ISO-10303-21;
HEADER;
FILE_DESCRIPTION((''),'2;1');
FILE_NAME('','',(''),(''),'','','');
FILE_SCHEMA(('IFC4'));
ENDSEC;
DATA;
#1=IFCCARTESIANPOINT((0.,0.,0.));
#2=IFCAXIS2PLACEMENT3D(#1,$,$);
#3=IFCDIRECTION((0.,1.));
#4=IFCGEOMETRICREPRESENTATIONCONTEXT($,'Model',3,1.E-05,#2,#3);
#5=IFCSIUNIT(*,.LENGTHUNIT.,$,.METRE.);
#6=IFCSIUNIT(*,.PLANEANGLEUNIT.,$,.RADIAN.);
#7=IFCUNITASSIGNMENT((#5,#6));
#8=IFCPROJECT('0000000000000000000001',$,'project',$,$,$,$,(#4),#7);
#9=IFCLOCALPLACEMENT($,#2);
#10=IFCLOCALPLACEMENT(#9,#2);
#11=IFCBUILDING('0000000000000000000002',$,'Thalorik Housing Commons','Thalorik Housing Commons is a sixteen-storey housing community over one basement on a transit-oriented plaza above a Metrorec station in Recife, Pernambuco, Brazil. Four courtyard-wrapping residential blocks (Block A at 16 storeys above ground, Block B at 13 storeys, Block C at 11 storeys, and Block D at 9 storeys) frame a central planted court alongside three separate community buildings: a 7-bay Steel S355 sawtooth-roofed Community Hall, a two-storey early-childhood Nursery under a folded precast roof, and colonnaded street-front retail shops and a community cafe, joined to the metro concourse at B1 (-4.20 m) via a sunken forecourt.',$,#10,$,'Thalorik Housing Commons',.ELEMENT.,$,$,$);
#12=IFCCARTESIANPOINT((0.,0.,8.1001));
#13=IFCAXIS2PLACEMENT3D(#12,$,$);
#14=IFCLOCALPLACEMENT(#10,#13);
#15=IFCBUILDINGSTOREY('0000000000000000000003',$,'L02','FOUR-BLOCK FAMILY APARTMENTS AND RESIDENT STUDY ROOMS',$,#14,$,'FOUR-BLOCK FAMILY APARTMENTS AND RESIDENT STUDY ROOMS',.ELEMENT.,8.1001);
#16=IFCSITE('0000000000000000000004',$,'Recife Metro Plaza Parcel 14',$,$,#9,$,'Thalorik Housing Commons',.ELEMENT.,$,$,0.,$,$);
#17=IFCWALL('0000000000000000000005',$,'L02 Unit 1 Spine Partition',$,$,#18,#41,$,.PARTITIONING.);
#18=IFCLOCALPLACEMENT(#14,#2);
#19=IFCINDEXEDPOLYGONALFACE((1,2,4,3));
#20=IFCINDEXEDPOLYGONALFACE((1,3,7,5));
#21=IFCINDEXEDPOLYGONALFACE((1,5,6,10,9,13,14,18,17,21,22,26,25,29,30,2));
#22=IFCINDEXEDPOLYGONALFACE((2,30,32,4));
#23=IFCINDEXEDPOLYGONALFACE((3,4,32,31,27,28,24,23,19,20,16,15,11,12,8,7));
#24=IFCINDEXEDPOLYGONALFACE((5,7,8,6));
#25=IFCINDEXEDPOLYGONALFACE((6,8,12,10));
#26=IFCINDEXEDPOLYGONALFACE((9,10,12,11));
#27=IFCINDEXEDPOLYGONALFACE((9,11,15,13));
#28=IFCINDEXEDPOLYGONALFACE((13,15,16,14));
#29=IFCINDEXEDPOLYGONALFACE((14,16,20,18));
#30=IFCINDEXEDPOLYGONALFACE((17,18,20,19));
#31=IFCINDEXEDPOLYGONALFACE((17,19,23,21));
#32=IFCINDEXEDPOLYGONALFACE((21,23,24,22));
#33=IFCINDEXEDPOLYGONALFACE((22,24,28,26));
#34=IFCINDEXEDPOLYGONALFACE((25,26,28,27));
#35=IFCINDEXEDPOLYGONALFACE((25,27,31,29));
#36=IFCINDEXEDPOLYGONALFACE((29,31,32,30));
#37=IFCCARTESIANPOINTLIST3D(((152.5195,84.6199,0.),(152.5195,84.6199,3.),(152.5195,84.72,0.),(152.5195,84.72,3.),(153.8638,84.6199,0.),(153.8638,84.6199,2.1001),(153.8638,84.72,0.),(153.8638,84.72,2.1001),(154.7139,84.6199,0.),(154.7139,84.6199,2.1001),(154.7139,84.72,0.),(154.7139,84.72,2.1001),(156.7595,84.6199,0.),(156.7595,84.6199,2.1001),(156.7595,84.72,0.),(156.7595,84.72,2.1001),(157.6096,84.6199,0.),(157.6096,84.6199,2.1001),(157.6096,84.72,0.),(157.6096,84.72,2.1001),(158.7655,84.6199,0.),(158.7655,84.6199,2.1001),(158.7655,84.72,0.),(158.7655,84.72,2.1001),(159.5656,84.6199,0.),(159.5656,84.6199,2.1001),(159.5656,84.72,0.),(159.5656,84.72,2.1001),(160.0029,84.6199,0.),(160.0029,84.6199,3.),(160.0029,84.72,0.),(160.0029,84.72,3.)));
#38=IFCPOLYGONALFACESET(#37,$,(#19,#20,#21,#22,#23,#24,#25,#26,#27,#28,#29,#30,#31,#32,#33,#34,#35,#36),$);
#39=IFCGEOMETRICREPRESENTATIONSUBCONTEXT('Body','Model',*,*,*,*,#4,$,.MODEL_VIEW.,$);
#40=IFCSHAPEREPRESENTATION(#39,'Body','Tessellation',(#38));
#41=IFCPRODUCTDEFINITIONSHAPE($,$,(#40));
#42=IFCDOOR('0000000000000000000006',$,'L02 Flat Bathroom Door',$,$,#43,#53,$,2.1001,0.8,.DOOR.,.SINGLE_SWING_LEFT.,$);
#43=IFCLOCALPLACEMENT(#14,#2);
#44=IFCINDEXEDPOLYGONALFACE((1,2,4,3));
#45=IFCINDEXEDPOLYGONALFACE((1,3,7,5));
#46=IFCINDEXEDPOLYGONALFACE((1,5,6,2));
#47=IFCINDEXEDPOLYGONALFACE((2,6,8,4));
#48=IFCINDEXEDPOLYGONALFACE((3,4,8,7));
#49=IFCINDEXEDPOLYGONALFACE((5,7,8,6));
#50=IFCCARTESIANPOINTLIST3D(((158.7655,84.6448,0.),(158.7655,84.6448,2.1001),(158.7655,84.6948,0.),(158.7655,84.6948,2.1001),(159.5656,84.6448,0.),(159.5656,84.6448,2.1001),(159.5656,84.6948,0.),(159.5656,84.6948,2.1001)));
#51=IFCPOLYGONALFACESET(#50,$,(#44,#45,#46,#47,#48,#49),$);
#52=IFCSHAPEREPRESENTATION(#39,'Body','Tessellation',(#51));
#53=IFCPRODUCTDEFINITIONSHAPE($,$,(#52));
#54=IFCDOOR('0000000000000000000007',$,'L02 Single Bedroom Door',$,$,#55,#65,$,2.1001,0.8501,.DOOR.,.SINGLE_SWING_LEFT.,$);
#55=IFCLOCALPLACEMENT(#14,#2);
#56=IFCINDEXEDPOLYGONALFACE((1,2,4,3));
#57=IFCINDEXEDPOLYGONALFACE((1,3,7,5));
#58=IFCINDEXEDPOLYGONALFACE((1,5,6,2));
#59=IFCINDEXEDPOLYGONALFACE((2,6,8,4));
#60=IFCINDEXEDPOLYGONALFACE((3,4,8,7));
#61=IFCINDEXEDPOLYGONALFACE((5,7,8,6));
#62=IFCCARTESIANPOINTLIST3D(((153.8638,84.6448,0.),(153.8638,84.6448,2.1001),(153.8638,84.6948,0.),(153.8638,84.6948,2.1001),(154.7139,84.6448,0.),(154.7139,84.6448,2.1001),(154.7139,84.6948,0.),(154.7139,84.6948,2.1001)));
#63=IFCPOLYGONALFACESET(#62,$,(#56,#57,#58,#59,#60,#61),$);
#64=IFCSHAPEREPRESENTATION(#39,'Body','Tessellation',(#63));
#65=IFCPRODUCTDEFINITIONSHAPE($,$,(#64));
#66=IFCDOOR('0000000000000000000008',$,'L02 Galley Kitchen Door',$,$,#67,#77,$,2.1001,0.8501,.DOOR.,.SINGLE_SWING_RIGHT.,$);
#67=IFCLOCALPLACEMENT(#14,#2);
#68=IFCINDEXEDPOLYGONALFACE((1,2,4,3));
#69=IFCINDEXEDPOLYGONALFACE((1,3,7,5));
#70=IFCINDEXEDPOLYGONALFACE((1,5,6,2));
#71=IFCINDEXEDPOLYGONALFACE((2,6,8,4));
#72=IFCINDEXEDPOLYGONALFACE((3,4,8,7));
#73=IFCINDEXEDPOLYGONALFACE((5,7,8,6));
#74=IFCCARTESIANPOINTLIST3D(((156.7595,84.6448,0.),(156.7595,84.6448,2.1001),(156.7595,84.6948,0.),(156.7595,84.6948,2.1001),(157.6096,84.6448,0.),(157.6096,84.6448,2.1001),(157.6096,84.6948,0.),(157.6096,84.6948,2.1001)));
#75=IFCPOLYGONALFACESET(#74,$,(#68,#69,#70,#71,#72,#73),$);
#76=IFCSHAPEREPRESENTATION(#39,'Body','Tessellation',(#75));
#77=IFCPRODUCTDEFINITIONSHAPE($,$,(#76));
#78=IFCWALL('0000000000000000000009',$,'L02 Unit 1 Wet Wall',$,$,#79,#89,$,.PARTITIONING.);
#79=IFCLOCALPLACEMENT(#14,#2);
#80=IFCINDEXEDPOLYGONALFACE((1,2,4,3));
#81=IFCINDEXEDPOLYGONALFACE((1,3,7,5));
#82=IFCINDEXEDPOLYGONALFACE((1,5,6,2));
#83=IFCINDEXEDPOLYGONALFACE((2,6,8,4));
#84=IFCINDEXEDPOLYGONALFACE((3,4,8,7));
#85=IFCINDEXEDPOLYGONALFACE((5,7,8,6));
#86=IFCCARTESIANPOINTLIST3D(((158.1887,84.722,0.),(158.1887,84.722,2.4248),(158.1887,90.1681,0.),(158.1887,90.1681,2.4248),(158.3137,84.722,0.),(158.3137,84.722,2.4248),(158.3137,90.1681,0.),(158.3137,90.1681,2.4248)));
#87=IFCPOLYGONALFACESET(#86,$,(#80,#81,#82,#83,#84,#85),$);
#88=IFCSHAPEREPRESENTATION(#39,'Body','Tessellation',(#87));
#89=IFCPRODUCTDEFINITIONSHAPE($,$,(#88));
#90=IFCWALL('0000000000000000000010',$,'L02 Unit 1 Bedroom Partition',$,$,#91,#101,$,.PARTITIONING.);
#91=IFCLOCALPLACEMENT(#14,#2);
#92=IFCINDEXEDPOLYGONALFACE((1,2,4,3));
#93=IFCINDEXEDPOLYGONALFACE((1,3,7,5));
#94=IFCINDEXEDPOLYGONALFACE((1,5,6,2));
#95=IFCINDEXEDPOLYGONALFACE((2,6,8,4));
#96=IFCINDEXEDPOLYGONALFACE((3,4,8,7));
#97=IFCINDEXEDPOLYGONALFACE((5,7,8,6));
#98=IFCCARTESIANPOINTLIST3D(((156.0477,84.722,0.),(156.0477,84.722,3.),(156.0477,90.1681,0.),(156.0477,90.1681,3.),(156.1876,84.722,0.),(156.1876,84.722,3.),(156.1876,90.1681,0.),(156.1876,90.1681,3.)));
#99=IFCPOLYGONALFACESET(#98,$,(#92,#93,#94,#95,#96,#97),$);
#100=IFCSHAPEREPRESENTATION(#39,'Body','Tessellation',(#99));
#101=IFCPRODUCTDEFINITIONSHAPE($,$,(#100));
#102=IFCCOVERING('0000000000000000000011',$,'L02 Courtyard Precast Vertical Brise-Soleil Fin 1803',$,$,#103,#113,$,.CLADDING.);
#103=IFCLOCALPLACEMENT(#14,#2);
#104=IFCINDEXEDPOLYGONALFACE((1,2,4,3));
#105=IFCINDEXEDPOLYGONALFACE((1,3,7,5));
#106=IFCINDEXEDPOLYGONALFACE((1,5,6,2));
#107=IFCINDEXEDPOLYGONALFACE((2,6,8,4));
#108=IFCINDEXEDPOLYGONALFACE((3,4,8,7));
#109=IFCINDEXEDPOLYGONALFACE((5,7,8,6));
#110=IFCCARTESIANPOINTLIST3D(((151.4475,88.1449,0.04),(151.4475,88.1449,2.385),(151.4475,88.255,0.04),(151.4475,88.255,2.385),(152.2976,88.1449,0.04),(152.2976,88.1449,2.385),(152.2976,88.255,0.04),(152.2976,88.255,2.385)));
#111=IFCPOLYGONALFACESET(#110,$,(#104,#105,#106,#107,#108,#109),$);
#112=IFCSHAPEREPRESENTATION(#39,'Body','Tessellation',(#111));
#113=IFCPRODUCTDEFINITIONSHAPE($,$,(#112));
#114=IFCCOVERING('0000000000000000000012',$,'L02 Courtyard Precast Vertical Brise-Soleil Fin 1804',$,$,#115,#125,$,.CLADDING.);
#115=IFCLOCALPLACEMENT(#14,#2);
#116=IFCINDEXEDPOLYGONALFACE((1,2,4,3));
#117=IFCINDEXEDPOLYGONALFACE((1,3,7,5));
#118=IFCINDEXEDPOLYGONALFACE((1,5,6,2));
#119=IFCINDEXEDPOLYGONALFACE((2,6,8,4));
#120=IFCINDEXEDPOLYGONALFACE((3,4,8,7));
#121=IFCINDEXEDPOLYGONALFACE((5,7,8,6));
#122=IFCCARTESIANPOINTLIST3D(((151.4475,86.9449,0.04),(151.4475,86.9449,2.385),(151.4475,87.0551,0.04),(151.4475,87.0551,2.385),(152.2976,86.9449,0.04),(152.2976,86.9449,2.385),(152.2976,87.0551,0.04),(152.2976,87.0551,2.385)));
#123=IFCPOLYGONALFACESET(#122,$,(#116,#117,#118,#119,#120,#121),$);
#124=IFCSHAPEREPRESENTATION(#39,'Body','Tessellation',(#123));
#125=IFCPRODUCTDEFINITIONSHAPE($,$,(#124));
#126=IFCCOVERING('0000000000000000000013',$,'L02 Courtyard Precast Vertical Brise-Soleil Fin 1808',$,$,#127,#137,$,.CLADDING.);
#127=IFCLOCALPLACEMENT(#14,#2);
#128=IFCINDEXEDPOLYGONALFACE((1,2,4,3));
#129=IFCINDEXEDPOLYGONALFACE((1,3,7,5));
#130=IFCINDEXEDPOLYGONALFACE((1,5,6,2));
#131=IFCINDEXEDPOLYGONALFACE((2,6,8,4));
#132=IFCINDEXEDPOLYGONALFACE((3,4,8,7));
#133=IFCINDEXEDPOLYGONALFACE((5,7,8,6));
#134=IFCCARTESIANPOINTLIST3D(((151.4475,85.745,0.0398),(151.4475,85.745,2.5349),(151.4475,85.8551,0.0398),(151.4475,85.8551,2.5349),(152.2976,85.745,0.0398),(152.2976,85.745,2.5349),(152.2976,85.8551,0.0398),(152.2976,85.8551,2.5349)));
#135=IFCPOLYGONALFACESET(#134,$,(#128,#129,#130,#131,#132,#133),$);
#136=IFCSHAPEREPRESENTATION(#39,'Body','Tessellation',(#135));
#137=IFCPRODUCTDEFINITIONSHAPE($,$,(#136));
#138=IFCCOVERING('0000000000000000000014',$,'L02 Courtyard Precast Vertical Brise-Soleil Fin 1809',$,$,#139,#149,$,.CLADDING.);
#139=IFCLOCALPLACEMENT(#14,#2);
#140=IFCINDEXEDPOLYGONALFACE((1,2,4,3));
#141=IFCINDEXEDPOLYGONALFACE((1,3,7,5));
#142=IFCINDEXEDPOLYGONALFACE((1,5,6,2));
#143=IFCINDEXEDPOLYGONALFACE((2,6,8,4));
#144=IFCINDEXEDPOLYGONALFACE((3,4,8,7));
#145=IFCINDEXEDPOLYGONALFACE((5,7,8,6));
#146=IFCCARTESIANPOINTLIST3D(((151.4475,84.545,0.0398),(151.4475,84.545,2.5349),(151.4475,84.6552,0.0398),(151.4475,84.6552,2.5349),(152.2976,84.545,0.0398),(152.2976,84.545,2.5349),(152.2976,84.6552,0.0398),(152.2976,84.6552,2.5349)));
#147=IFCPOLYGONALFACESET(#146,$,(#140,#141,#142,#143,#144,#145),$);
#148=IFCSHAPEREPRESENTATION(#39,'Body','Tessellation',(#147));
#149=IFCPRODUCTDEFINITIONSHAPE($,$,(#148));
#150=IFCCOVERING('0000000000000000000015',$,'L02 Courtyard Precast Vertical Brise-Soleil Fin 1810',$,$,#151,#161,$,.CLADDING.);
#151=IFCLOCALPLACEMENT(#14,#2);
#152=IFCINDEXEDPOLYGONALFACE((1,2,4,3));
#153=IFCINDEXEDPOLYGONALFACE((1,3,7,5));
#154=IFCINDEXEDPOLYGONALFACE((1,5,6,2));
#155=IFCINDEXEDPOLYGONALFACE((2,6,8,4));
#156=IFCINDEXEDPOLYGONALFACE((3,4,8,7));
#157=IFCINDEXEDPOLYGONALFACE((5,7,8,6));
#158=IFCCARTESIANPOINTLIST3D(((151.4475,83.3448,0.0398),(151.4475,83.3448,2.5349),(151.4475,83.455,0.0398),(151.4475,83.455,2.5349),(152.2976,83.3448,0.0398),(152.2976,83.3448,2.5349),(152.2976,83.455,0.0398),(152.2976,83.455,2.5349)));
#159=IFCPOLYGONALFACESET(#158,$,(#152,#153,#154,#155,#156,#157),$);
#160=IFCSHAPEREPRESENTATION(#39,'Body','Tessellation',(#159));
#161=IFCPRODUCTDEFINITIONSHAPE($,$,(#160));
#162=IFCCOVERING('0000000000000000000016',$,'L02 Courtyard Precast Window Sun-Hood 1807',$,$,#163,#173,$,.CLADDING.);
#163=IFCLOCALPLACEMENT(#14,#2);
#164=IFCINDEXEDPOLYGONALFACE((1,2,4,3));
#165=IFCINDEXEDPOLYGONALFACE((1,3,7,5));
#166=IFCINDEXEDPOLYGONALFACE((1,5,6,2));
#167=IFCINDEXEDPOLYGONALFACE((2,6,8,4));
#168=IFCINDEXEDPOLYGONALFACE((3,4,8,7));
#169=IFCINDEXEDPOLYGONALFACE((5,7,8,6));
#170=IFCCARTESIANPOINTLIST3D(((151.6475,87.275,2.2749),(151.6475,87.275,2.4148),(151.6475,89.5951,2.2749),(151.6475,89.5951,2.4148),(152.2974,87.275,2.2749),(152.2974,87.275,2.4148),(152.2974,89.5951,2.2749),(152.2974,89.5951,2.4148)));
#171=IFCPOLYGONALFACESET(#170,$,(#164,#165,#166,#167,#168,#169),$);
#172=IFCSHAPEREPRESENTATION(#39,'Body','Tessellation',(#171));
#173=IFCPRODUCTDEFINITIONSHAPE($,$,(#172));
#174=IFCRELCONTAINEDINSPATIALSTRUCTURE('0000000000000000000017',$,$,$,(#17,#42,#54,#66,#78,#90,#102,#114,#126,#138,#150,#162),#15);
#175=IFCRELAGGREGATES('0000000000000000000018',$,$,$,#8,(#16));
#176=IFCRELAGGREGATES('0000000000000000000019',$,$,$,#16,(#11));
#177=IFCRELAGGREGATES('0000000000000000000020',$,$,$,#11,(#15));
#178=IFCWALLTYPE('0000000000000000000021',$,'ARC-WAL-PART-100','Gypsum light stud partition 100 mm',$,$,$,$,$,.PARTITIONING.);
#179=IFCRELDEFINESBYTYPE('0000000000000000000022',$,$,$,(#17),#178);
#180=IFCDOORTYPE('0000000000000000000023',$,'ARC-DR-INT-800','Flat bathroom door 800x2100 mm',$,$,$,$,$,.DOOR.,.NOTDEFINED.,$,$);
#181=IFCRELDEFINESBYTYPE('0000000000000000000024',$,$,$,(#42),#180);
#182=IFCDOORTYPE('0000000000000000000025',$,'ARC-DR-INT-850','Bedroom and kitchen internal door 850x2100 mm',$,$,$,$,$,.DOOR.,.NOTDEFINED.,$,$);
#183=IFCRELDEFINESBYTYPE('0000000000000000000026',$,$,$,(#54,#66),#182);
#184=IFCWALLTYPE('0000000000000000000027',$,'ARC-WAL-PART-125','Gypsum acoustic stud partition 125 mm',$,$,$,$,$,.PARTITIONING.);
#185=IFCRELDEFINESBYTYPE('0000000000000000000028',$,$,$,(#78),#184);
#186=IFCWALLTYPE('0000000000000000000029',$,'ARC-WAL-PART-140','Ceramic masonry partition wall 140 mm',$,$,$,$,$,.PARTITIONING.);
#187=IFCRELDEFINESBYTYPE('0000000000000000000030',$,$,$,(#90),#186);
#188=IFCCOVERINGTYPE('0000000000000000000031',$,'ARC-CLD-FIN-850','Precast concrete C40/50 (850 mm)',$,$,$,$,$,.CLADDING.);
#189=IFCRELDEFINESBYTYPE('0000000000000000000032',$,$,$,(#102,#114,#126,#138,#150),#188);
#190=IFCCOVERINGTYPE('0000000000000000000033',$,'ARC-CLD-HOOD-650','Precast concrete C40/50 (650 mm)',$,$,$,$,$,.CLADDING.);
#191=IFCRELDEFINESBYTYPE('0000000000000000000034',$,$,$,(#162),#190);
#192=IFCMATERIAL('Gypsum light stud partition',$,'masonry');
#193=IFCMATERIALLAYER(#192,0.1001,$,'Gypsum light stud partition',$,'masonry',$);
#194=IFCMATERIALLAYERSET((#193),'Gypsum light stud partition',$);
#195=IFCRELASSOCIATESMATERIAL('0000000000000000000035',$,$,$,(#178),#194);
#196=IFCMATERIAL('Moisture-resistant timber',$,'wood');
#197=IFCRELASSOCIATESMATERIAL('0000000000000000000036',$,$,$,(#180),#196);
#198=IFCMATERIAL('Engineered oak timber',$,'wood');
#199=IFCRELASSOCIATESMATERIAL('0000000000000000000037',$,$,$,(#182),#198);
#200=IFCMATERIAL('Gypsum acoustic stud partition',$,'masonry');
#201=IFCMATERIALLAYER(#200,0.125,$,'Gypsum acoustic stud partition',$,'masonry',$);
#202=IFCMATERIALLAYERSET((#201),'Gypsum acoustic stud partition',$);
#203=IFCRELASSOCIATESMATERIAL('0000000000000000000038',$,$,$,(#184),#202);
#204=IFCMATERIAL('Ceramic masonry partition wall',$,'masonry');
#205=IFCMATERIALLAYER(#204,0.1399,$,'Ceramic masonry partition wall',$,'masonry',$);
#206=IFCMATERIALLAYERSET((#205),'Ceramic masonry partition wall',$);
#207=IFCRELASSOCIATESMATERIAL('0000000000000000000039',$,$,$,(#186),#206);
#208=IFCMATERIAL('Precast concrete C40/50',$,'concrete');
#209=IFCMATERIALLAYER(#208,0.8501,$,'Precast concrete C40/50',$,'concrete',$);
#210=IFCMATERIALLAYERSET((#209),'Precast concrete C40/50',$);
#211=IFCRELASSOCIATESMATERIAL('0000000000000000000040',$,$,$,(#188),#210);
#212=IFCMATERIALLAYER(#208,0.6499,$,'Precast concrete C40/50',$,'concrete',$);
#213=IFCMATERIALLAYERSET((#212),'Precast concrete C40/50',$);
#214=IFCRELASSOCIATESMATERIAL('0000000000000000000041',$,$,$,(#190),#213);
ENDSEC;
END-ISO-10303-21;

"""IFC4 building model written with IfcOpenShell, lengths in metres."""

from ifc_helpers import new_model, si_unit, direction, frame, frame_2d, origin, origin_2d, place, context, subcontext, project, spatial, rectangle, extrude, material, layer, layer_set, type_object, element, fill, save


model = new_model("IFC4")

# Units and contexts
model_context = context("Model", 3, precision=1e-05, world=origin(), true_north=direction((0.0, 1.0)))
body_context = subcontext(model_context, "Body", "Model", "MODEL_VIEW")
ifc_project = project(units=[si_unit("LENGTHUNIT", "METRE"), si_unit("PLANEANGLEUNIT", "RADIAN")], contexts=[model_context])

# Site, building, storey
site_placement = place(None, origin())
site = spatial("IfcSite", under=ifc_project, at=site_placement, Name="Recife Metro Plaza Parcel 14", LongName="Thalorik Housing Commons", CompositionType="ELEMENT", RefElevation=0.0)
building_placement = place(site_placement, origin())
building = spatial("IfcBuilding", under=site, at=building_placement, Name="Thalorik Housing Commons", Description="Thalorik Housing Commons is a sixteen-storey housing community over one basement on a transit-oriented plaza above a Metrorec station in Recife, Pernambuco, Brazil. Four courtyard-wrapping residential blocks (Block A at 16 storeys above ground, Block B at 13 storeys, Block C at 11 storeys, and Block D at 9 storeys) frame a central planted court alongside three separate community buildings: a 7-bay Steel S355 sawtooth-roofed Community Hall, a two-storey early-childhood Nursery under a folded precast roof, and colonnaded street-front retail shops and a community cafe, joined to the metro concourse at B1 (-4.20 m) via a sunken forecourt.", LongName="Thalorik Housing Commons", CompositionType="ELEMENT")
storey_placement = place(building_placement, frame((0.0, 0.0, 8.1001)))
storey = spatial("IfcBuildingStorey", under=building, at=storey_placement, Name="L02", Description="FOUR-BLOCK FAMILY APARTMENTS AND RESIDENT STUDY ROOMS", LongName="FOUR-BLOCK FAMILY APARTMENTS AND RESIDENT STUDY ROOMS", CompositionType="ELEMENT", Elevation=8.1001)

# Shared definitions
ifc_material_1 = material(Name="Precast concrete C40/50", Category="concrete")

# Wall, openings, doors
ifc_material_2 = material(Name="Gypsum light stud partition", Category="masonry")
ifc_layer_1 = layer(ifc_material_2, 0.1001, Name="Gypsum light stud partition", Category="masonry")
ifc_layer_set_1 = layer_set([ifc_layer_1], Name="Gypsum light stud partition")
wall_type_1 = type_object("IfcWallType", Name="ARC-WAL-PART-100", Description="Gypsum light stud partition 100 mm", PredefinedType="PARTITIONING", material=ifc_layer_set_1)
wall_1_placement = place(storey_placement, frame((152.5195, 84.6699, 0.0), z_axis=(0.0, 0.0, 1.0), x_axis=(1.0, 0.0, 0.0)))
wall_1 = element("IfcWall", 1, at=wall_1_placement, inside=storey, type_object=wall_type_1, Name="L02 Unit 1 Spine Partition", PredefinedType="PARTITIONING", context=body_context, shape_type="SweptSolid", body=[
    extrude(rectangle(XDim=7.4834, YDim=0.1001, at=frame_2d((3.7417, 0.0))), origin(), (0.0, 0.0, 1.0), 3.0),
])
opening_1_placement = place(wall_1_placement, frame((1.3442, 0.0, 0.0)))
opening_1 = element("IfcOpeningElement", 2, at=opening_1_placement, cuts=wall_1, PredefinedType="OPENING", context=body_context, shape_type="SweptSolid", body=[
    extrude(rectangle(XDim=0.8501, YDim=2.1001, at=frame_2d((0.425, 1.05))), frame((0.0, 0.0601, 0.0), z_axis=(0.0, -1.0, 0.0), x_axis=(1.0, 0.0, 0.0)), (0.0, 0.0, 1.0), 0.1201),
])
opening_2_placement = place(wall_1_placement, frame((4.24, 0.0, 0.0)))
opening_2 = element("IfcOpeningElement", 3, at=opening_2_placement, cuts=wall_1, PredefinedType="OPENING", context=body_context, shape_type="SweptSolid", body=[
    extrude(rectangle(XDim=0.8501, YDim=2.1001, at=frame_2d((0.425, 1.05))), frame((0.0, 0.0601, 0.0), z_axis=(0.0, -1.0, 0.0), x_axis=(1.0, 0.0, 0.0)), (0.0, 0.0, 1.0), 0.1201),
])
opening_3_placement = place(wall_1_placement, frame((6.2461, 0.0, 0.0)))
opening_3 = element("IfcOpeningElement", 4, at=opening_3_placement, cuts=wall_1, PredefinedType="OPENING", context=body_context, shape_type="SweptSolid", body=[
    extrude(rectangle(XDim=0.8, YDim=2.1001, at=frame_2d((0.3999, 1.05))), frame((0.0, 0.0601, 0.0), z_axis=(0.0, -1.0, 0.0), x_axis=(1.0, 0.0, 0.0)), (0.0, 0.0, 1.0), 0.1201),
])
ifc_material_3 = material(Name="Moisture-resistant timber", Category="wood")
door_type_1 = type_object("IfcDoorType", Name="ARC-DR-INT-800", Description="Flat bathroom door 800x2100 mm", OperationType="NOTDEFINED", PredefinedType="DOOR", material=ifc_material_3)
door_1_placement = place(opening_3_placement, origin())
door_1 = element("IfcDoor", 5, at=door_1_placement, inside=storey, type_object=door_type_1, Name="L02 Flat Bathroom Door", OperationType="SINGLE_SWING_LEFT", OverallHeight=2.1001, OverallWidth=0.8, PredefinedType="DOOR", context=body_context, shape_type="SweptSolid", body=[
    extrude(rectangle(XDim=0.8, YDim=2.1001, at=frame_2d((0.3999, 1.05))), frame((0.0, 0.0249, 0.0), z_axis=(0.0, -1.0, 0.0), x_axis=(1.0, 0.0, 0.0)), (0.0, 0.0, 1.0), 0.05),
])
fill(opening_3, door_1)
ifc_material_4 = material(Name="Engineered oak timber", Category="wood")
door_type_2 = type_object("IfcDoorType", Name="ARC-DR-INT-850", Description="Bedroom and kitchen internal door 850x2100 mm", OperationType="NOTDEFINED", PredefinedType="DOOR", material=ifc_material_4)
door_2_placement = place(opening_1_placement, origin())
door_2 = element("IfcDoor", 6, at=door_2_placement, inside=storey, type_object=door_type_2, Name="L02 Single Bedroom Door", OperationType="SINGLE_SWING_LEFT", OverallHeight=2.1001, OverallWidth=0.8501, PredefinedType="DOOR", context=body_context, shape_type="SweptSolid", body=[
    extrude(rectangle(XDim=0.8501, YDim=2.1001, at=frame_2d((0.425, 1.05))), frame((0.0, 0.0249, 0.0), z_axis=(0.0, -1.0, 0.0), x_axis=(1.0, 0.0, 0.0)), (0.0, 0.0, 1.0), 0.05),
])
fill(opening_1, door_2)
door_3_placement = place(opening_2_placement, origin())
door_3 = element("IfcDoor", 7, at=door_3_placement, inside=storey, type_object=door_type_2, Name="L02 Galley Kitchen Door", OperationType="SINGLE_SWING_RIGHT", OverallHeight=2.1001, OverallWidth=0.8501, PredefinedType="DOOR", context=body_context, shape_type="SweptSolid", body=[
    extrude(rectangle(XDim=0.8501, YDim=2.1001, at=frame_2d((0.425, 1.05))), frame((0.0, 0.0249, 0.0), z_axis=(0.0, -1.0, 0.0), x_axis=(1.0, 0.0, 0.0)), (0.0, 0.0, 1.0), 0.05),
])
fill(opening_2, door_3)

# Walls
ifc_material_5 = material(Name="Gypsum acoustic stud partition", Category="masonry")
ifc_layer_2 = layer(ifc_material_5, 0.125, Name="Gypsum acoustic stud partition", Category="masonry")
ifc_layer_set_2 = layer_set([ifc_layer_2], Name="Gypsum acoustic stud partition")
wall_type_2 = type_object("IfcWallType", Name="ARC-WAL-PART-125", Description="Gypsum acoustic stud partition 125 mm", PredefinedType="PARTITIONING", material=ifc_layer_set_2)
wall_2_placement = place(storey_placement, frame((158.2512, 84.7219, 0.0), z_axis=(0.0, 0.0, 1.0), x_axis=(0.0, 1.0, 0.0)))
element("IfcWall", 8, at=wall_2_placement, inside=storey, type_object=wall_type_2, Name="L02 Unit 1 Wet Wall", PredefinedType="PARTITIONING", context=body_context, shape_type="SweptSolid", body=[
    extrude(rectangle(XDim=5.446, YDim=0.125, at=frame_2d((2.7231, 0.0))), origin(), (0.0, 0.0, 1.0), 2.4248),
])
ifc_material_6 = material(Name="Ceramic masonry partition wall", Category="masonry")
ifc_layer_3 = layer(ifc_material_6, 0.1399, Name="Ceramic masonry partition wall", Category="masonry")
ifc_layer_set_3 = layer_set([ifc_layer_3], Name="Ceramic masonry partition wall")
wall_type_3 = type_object("IfcWallType", Name="ARC-WAL-PART-140", Description="Ceramic masonry partition wall 140 mm", PredefinedType="PARTITIONING", material=ifc_layer_set_3)
wall_3_placement = place(storey_placement, frame((156.1177, 84.7219, 0.0), z_axis=(0.0, 0.0, 1.0), x_axis=(0.0, 1.0, 0.0)))
element("IfcWall", 9, at=wall_3_placement, inside=storey, type_object=wall_type_3, Name="L02 Unit 1 Bedroom Partition", PredefinedType="PARTITIONING", context=body_context, shape_type="SweptSolid", body=[
    extrude(rectangle(XDim=5.446, YDim=0.1399, at=frame_2d((2.7231, 0.0))), origin(), (0.0, 0.0, 1.0), 3.0),
])

# Coverings
ifc_layer_4 = layer(ifc_material_1, 0.8501, Name="Precast concrete C40/50", Category="concrete")
ifc_layer_set_4 = layer_set([ifc_layer_4], Name="Precast concrete C40/50")
covering_type_1 = type_object("IfcCoveringType", Name="ARC-CLD-FIN-850", Description="Precast concrete C40/50 (850 mm)", PredefinedType="CLADDING", material=ifc_layer_set_4)
for number, where, z_axis, x_axis, name in (
    (10, (151.8726, 88.2, 0.04), (0.0, 0.0, 1.0), (0.0, -1.0, 0.0), "L02 Courtyard Precast Vertical Brise-Soleil Fin 1803"),
    (11, (151.8726, 87.0, 0.04), (0.0, 0.0, 1.0), (0.0, -1.0, 0.0), "L02 Courtyard Precast Vertical Brise-Soleil Fin 1804"),
):
    element("IfcCovering", number, at=place(storey_placement, frame(where, z_axis=z_axis, x_axis=x_axis)), inside=storey, type_object=covering_type_1, Name=name, PredefinedType="CLADDING", context=body_context, shape_type="SweptSolid", body=[
        extrude(rectangle(XDim=0.1101, YDim=0.8501, at=origin_2d()), origin(), (0.0, 0.0, 1.0), 2.345),
    ])
for number, where, z_axis, x_axis, name in (
    (12, (151.8726, 85.8, 0.0398), (0.0, 0.0, 1.0), (0.0, -1.0, 0.0), "L02 Courtyard Precast Vertical Brise-Soleil Fin 1808"),
    (13, (151.8726, 84.6001, 0.0398), (0.0, 0.0, 1.0), (0.0, -1.0, 0.0), "L02 Courtyard Precast Vertical Brise-Soleil Fin 1809"),
    (14, (151.8726, 83.3999, 0.0398), (0.0, 0.0, 1.0), (0.0, -1.0, 0.0), "L02 Courtyard Precast Vertical Brise-Soleil Fin 1810"),
):
    element("IfcCovering", number, at=place(storey_placement, frame(where, z_axis=z_axis, x_axis=x_axis)), inside=storey, type_object=covering_type_1, Name=name, PredefinedType="CLADDING", context=body_context, shape_type="SweptSolid", body=[
        extrude(rectangle(XDim=0.1101, YDim=0.8501, at=origin_2d()), origin(), (0.0, 0.0, 1.0), 2.4951),
    ])
ifc_layer_5 = layer(ifc_material_1, 0.6499, Name="Precast concrete C40/50", Category="concrete")
ifc_layer_set_5 = layer_set([ifc_layer_5], Name="Precast concrete C40/50")
covering_type_2 = type_object("IfcCoveringType", Name="ARC-CLD-HOOD-650", Description="Precast concrete C40/50 (650 mm)", PredefinedType="CLADDING", material=ifc_layer_set_5)
covering_1_placement = place(storey_placement, frame((151.9724, 88.4351, 2.2749), z_axis=(0.0, 0.0, 1.0), x_axis=(0.0, -1.0, 0.0)))
element("IfcCovering", 15, at=covering_1_placement, inside=storey, type_object=covering_type_2, Name="L02 Courtyard Precast Window Sun-Hood 1807", PredefinedType="CLADDING", context=body_context, shape_type="SweptSolid", body=[
    extrude(rectangle(XDim=2.3201, YDim=0.6499, at=origin_2d()), origin(), (0.0, 0.0, 1.0), 0.1399),
])

save(model, "model.ifc")
